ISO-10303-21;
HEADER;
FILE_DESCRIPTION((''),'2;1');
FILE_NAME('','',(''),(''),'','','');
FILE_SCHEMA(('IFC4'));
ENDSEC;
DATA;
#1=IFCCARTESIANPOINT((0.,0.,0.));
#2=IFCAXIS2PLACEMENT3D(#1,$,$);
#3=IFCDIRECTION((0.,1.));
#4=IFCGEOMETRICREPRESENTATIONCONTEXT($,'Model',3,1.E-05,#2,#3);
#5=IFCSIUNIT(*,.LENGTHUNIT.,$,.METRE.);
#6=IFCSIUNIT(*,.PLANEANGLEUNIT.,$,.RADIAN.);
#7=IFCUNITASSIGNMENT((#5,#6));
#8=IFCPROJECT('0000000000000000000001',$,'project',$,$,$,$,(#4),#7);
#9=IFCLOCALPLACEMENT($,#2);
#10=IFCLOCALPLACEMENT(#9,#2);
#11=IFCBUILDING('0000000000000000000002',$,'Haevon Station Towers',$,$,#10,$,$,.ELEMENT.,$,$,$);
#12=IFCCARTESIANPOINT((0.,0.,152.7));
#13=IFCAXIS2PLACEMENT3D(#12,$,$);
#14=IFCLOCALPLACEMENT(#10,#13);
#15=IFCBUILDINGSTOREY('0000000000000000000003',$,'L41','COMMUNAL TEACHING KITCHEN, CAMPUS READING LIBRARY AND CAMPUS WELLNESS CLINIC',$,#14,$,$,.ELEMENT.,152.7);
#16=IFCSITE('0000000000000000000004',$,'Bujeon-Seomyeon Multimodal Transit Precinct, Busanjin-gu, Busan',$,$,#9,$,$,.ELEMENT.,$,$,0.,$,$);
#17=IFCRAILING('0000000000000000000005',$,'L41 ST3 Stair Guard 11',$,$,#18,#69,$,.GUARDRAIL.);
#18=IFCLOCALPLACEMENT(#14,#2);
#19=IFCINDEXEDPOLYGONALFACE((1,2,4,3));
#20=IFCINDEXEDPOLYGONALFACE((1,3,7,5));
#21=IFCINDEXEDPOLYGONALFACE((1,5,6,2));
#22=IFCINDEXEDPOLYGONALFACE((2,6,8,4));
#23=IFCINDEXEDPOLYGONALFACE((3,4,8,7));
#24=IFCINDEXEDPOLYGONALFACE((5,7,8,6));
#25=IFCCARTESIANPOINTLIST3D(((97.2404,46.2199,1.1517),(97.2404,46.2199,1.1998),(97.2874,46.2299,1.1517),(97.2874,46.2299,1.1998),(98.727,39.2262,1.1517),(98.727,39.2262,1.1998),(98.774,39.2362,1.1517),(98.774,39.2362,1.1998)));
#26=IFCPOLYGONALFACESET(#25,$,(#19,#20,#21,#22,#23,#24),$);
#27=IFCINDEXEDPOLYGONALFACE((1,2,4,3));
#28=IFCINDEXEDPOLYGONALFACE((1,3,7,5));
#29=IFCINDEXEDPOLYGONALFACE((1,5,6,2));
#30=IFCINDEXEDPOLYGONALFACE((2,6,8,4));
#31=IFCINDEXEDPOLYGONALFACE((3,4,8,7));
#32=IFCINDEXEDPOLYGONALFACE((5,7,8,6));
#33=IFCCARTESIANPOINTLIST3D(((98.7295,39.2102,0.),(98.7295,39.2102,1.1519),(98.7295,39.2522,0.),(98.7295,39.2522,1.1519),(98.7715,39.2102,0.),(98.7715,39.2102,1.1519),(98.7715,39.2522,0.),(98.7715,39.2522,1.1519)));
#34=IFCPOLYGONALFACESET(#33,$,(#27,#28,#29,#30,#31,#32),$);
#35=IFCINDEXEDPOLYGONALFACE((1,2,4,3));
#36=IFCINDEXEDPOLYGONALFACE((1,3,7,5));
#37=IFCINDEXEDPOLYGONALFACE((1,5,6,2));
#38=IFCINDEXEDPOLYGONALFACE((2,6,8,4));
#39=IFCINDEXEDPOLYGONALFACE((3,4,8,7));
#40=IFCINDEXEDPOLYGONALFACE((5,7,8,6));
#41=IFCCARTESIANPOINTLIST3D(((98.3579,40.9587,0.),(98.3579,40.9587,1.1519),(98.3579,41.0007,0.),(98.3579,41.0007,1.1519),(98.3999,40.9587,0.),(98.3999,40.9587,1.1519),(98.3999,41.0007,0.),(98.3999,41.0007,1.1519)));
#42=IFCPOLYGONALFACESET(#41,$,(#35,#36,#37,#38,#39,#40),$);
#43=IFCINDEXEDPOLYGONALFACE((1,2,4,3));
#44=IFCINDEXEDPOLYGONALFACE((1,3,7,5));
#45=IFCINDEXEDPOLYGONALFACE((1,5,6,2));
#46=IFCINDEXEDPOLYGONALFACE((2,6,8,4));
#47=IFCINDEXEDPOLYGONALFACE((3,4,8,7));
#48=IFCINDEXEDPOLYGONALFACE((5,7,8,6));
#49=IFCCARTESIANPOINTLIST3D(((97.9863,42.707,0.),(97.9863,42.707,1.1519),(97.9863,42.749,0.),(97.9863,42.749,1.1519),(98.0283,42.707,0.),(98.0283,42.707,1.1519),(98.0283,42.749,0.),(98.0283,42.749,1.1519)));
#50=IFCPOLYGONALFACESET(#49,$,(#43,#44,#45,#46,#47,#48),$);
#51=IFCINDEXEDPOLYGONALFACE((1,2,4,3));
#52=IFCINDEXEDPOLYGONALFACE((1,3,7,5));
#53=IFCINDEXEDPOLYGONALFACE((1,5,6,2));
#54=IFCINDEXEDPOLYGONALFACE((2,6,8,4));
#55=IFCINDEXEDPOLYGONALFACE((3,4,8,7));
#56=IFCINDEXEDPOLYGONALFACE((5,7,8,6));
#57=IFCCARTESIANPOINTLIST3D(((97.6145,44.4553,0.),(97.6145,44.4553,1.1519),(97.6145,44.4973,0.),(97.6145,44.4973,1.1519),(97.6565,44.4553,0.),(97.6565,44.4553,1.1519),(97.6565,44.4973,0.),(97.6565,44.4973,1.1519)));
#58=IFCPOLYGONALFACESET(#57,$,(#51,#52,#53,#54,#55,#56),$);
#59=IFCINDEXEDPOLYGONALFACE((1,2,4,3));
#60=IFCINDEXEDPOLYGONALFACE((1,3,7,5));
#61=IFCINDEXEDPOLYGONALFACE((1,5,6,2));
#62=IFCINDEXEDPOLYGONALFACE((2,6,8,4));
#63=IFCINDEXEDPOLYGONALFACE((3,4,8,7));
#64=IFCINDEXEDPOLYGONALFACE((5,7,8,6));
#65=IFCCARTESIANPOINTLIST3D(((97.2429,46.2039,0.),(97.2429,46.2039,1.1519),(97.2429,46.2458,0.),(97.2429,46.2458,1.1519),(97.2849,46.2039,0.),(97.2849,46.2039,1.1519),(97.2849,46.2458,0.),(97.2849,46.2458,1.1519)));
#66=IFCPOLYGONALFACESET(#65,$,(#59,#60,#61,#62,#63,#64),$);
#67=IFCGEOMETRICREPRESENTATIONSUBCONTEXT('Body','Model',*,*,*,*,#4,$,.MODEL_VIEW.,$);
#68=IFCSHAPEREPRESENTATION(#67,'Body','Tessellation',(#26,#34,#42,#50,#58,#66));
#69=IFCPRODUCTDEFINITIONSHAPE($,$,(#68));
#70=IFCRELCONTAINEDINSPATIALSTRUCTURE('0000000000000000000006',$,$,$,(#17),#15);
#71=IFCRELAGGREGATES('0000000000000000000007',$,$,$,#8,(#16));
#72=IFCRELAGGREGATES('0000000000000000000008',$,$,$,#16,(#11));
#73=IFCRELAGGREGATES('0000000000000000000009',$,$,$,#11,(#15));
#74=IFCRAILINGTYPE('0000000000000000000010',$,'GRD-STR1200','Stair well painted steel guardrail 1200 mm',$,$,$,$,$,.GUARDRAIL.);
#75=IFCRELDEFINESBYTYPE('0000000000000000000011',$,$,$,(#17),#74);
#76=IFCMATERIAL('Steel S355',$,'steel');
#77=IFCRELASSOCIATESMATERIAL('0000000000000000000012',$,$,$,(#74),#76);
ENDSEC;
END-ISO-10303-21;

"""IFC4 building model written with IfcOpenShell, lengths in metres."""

from ifc_helpers import new_model, si_unit, direction, frame, origin, origin_2d, place, context, subcontext, project, spatial, rectangle, extrude, material, type_object, element, save


model = new_model("IFC4")

# Units and contexts
model_context = context("Model", 3, precision=1e-05, world=origin(), true_north=direction((0.0, 1.0)))
body_context = subcontext(model_context, "Body", "Model", "MODEL_VIEW")
ifc_project = project(units=[si_unit("LENGTHUNIT", "METRE"), si_unit("PLANEANGLEUNIT", "RADIAN")], contexts=[model_context])

# Site, building, storey
site_placement = place(None, origin())
site = spatial("IfcSite", under=ifc_project, at=site_placement, Name="Bujeon-Seomyeon Multimodal Transit Precinct, Busanjin-gu, Busan", CompositionType="ELEMENT", RefElevation=0.0)
building_placement = place(site_placement, origin())
building = spatial("IfcBuilding", under=site, at=building_placement, Name="Haevon Station Towers", CompositionType="ELEMENT")
storey_placement = place(building_placement, frame((0.0, 0.0, 152.7)))
storey = spatial("IfcBuildingStorey", under=building, at=storey_placement, Name="L41", Description="COMMUNAL TEACHING KITCHEN, CAMPUS READING LIBRARY AND CAMPUS WELLNESS CLINIC", CompositionType="ELEMENT", Elevation=152.7)

# Shared definitions
ifc_material_1 = material(Name="Steel S355", Category="steel")

# Railing
railing_type = type_object("IfcRailingType", Name="GRD-STR1200", Description="Stair well painted steel guardrail 1200 mm", PredefinedType="GUARDRAIL", material=ifc_material_1)
railing_1_placement = place(storey_placement, frame((98.7505, 39.2312, 0.0)))
element("IfcRailing", 1, at=railing_1_placement, inside=storey, type_object=railing_type, Name="L41 ST3 Stair Guard 11", PredefinedType="GUARDRAIL", context=body_context, shape_type="SweptSolid", body=[
    extrude(rectangle(XDim=0.0481, YDim=0.0481, at=origin_2d()), frame((0.0, 0.0, 1.1758), z_axis=(-0.207915, 0.978147, 0.0), x_axis=(-0.978147, -0.207915, 0.0)), (0.0, 0.0, 1.0), 7.1499),
    extrude(rectangle(XDim=0.042, YDim=0.042, at=origin_2d()), origin(), (0.0, 0.0, 1.0), 1.1519),
    extrude(rectangle(XDim=0.042, YDim=0.042, at=origin_2d()), frame((-0.3716, 1.7485, 0.0)), (0.0, 0.0, 1.0), 1.1519),
    extrude(rectangle(XDim=0.042, YDim=0.042, at=origin_2d()), frame((-0.7432, 3.4968, 0.0)), (0.0, 0.0, 1.0), 1.1519),
    extrude(rectangle(XDim=0.042, YDim=0.042, at=origin_2d()), frame((-1.115, 5.2451, 0.0)), (0.0, 0.0, 1.0), 1.1519),
    extrude(rectangle(XDim=0.042, YDim=0.042, at=origin_2d()), frame((-1.4866, 6.9937, 0.0)), (0.0, 0.0, 1.0), 1.1519),
])

save(model, "model.ifc")
